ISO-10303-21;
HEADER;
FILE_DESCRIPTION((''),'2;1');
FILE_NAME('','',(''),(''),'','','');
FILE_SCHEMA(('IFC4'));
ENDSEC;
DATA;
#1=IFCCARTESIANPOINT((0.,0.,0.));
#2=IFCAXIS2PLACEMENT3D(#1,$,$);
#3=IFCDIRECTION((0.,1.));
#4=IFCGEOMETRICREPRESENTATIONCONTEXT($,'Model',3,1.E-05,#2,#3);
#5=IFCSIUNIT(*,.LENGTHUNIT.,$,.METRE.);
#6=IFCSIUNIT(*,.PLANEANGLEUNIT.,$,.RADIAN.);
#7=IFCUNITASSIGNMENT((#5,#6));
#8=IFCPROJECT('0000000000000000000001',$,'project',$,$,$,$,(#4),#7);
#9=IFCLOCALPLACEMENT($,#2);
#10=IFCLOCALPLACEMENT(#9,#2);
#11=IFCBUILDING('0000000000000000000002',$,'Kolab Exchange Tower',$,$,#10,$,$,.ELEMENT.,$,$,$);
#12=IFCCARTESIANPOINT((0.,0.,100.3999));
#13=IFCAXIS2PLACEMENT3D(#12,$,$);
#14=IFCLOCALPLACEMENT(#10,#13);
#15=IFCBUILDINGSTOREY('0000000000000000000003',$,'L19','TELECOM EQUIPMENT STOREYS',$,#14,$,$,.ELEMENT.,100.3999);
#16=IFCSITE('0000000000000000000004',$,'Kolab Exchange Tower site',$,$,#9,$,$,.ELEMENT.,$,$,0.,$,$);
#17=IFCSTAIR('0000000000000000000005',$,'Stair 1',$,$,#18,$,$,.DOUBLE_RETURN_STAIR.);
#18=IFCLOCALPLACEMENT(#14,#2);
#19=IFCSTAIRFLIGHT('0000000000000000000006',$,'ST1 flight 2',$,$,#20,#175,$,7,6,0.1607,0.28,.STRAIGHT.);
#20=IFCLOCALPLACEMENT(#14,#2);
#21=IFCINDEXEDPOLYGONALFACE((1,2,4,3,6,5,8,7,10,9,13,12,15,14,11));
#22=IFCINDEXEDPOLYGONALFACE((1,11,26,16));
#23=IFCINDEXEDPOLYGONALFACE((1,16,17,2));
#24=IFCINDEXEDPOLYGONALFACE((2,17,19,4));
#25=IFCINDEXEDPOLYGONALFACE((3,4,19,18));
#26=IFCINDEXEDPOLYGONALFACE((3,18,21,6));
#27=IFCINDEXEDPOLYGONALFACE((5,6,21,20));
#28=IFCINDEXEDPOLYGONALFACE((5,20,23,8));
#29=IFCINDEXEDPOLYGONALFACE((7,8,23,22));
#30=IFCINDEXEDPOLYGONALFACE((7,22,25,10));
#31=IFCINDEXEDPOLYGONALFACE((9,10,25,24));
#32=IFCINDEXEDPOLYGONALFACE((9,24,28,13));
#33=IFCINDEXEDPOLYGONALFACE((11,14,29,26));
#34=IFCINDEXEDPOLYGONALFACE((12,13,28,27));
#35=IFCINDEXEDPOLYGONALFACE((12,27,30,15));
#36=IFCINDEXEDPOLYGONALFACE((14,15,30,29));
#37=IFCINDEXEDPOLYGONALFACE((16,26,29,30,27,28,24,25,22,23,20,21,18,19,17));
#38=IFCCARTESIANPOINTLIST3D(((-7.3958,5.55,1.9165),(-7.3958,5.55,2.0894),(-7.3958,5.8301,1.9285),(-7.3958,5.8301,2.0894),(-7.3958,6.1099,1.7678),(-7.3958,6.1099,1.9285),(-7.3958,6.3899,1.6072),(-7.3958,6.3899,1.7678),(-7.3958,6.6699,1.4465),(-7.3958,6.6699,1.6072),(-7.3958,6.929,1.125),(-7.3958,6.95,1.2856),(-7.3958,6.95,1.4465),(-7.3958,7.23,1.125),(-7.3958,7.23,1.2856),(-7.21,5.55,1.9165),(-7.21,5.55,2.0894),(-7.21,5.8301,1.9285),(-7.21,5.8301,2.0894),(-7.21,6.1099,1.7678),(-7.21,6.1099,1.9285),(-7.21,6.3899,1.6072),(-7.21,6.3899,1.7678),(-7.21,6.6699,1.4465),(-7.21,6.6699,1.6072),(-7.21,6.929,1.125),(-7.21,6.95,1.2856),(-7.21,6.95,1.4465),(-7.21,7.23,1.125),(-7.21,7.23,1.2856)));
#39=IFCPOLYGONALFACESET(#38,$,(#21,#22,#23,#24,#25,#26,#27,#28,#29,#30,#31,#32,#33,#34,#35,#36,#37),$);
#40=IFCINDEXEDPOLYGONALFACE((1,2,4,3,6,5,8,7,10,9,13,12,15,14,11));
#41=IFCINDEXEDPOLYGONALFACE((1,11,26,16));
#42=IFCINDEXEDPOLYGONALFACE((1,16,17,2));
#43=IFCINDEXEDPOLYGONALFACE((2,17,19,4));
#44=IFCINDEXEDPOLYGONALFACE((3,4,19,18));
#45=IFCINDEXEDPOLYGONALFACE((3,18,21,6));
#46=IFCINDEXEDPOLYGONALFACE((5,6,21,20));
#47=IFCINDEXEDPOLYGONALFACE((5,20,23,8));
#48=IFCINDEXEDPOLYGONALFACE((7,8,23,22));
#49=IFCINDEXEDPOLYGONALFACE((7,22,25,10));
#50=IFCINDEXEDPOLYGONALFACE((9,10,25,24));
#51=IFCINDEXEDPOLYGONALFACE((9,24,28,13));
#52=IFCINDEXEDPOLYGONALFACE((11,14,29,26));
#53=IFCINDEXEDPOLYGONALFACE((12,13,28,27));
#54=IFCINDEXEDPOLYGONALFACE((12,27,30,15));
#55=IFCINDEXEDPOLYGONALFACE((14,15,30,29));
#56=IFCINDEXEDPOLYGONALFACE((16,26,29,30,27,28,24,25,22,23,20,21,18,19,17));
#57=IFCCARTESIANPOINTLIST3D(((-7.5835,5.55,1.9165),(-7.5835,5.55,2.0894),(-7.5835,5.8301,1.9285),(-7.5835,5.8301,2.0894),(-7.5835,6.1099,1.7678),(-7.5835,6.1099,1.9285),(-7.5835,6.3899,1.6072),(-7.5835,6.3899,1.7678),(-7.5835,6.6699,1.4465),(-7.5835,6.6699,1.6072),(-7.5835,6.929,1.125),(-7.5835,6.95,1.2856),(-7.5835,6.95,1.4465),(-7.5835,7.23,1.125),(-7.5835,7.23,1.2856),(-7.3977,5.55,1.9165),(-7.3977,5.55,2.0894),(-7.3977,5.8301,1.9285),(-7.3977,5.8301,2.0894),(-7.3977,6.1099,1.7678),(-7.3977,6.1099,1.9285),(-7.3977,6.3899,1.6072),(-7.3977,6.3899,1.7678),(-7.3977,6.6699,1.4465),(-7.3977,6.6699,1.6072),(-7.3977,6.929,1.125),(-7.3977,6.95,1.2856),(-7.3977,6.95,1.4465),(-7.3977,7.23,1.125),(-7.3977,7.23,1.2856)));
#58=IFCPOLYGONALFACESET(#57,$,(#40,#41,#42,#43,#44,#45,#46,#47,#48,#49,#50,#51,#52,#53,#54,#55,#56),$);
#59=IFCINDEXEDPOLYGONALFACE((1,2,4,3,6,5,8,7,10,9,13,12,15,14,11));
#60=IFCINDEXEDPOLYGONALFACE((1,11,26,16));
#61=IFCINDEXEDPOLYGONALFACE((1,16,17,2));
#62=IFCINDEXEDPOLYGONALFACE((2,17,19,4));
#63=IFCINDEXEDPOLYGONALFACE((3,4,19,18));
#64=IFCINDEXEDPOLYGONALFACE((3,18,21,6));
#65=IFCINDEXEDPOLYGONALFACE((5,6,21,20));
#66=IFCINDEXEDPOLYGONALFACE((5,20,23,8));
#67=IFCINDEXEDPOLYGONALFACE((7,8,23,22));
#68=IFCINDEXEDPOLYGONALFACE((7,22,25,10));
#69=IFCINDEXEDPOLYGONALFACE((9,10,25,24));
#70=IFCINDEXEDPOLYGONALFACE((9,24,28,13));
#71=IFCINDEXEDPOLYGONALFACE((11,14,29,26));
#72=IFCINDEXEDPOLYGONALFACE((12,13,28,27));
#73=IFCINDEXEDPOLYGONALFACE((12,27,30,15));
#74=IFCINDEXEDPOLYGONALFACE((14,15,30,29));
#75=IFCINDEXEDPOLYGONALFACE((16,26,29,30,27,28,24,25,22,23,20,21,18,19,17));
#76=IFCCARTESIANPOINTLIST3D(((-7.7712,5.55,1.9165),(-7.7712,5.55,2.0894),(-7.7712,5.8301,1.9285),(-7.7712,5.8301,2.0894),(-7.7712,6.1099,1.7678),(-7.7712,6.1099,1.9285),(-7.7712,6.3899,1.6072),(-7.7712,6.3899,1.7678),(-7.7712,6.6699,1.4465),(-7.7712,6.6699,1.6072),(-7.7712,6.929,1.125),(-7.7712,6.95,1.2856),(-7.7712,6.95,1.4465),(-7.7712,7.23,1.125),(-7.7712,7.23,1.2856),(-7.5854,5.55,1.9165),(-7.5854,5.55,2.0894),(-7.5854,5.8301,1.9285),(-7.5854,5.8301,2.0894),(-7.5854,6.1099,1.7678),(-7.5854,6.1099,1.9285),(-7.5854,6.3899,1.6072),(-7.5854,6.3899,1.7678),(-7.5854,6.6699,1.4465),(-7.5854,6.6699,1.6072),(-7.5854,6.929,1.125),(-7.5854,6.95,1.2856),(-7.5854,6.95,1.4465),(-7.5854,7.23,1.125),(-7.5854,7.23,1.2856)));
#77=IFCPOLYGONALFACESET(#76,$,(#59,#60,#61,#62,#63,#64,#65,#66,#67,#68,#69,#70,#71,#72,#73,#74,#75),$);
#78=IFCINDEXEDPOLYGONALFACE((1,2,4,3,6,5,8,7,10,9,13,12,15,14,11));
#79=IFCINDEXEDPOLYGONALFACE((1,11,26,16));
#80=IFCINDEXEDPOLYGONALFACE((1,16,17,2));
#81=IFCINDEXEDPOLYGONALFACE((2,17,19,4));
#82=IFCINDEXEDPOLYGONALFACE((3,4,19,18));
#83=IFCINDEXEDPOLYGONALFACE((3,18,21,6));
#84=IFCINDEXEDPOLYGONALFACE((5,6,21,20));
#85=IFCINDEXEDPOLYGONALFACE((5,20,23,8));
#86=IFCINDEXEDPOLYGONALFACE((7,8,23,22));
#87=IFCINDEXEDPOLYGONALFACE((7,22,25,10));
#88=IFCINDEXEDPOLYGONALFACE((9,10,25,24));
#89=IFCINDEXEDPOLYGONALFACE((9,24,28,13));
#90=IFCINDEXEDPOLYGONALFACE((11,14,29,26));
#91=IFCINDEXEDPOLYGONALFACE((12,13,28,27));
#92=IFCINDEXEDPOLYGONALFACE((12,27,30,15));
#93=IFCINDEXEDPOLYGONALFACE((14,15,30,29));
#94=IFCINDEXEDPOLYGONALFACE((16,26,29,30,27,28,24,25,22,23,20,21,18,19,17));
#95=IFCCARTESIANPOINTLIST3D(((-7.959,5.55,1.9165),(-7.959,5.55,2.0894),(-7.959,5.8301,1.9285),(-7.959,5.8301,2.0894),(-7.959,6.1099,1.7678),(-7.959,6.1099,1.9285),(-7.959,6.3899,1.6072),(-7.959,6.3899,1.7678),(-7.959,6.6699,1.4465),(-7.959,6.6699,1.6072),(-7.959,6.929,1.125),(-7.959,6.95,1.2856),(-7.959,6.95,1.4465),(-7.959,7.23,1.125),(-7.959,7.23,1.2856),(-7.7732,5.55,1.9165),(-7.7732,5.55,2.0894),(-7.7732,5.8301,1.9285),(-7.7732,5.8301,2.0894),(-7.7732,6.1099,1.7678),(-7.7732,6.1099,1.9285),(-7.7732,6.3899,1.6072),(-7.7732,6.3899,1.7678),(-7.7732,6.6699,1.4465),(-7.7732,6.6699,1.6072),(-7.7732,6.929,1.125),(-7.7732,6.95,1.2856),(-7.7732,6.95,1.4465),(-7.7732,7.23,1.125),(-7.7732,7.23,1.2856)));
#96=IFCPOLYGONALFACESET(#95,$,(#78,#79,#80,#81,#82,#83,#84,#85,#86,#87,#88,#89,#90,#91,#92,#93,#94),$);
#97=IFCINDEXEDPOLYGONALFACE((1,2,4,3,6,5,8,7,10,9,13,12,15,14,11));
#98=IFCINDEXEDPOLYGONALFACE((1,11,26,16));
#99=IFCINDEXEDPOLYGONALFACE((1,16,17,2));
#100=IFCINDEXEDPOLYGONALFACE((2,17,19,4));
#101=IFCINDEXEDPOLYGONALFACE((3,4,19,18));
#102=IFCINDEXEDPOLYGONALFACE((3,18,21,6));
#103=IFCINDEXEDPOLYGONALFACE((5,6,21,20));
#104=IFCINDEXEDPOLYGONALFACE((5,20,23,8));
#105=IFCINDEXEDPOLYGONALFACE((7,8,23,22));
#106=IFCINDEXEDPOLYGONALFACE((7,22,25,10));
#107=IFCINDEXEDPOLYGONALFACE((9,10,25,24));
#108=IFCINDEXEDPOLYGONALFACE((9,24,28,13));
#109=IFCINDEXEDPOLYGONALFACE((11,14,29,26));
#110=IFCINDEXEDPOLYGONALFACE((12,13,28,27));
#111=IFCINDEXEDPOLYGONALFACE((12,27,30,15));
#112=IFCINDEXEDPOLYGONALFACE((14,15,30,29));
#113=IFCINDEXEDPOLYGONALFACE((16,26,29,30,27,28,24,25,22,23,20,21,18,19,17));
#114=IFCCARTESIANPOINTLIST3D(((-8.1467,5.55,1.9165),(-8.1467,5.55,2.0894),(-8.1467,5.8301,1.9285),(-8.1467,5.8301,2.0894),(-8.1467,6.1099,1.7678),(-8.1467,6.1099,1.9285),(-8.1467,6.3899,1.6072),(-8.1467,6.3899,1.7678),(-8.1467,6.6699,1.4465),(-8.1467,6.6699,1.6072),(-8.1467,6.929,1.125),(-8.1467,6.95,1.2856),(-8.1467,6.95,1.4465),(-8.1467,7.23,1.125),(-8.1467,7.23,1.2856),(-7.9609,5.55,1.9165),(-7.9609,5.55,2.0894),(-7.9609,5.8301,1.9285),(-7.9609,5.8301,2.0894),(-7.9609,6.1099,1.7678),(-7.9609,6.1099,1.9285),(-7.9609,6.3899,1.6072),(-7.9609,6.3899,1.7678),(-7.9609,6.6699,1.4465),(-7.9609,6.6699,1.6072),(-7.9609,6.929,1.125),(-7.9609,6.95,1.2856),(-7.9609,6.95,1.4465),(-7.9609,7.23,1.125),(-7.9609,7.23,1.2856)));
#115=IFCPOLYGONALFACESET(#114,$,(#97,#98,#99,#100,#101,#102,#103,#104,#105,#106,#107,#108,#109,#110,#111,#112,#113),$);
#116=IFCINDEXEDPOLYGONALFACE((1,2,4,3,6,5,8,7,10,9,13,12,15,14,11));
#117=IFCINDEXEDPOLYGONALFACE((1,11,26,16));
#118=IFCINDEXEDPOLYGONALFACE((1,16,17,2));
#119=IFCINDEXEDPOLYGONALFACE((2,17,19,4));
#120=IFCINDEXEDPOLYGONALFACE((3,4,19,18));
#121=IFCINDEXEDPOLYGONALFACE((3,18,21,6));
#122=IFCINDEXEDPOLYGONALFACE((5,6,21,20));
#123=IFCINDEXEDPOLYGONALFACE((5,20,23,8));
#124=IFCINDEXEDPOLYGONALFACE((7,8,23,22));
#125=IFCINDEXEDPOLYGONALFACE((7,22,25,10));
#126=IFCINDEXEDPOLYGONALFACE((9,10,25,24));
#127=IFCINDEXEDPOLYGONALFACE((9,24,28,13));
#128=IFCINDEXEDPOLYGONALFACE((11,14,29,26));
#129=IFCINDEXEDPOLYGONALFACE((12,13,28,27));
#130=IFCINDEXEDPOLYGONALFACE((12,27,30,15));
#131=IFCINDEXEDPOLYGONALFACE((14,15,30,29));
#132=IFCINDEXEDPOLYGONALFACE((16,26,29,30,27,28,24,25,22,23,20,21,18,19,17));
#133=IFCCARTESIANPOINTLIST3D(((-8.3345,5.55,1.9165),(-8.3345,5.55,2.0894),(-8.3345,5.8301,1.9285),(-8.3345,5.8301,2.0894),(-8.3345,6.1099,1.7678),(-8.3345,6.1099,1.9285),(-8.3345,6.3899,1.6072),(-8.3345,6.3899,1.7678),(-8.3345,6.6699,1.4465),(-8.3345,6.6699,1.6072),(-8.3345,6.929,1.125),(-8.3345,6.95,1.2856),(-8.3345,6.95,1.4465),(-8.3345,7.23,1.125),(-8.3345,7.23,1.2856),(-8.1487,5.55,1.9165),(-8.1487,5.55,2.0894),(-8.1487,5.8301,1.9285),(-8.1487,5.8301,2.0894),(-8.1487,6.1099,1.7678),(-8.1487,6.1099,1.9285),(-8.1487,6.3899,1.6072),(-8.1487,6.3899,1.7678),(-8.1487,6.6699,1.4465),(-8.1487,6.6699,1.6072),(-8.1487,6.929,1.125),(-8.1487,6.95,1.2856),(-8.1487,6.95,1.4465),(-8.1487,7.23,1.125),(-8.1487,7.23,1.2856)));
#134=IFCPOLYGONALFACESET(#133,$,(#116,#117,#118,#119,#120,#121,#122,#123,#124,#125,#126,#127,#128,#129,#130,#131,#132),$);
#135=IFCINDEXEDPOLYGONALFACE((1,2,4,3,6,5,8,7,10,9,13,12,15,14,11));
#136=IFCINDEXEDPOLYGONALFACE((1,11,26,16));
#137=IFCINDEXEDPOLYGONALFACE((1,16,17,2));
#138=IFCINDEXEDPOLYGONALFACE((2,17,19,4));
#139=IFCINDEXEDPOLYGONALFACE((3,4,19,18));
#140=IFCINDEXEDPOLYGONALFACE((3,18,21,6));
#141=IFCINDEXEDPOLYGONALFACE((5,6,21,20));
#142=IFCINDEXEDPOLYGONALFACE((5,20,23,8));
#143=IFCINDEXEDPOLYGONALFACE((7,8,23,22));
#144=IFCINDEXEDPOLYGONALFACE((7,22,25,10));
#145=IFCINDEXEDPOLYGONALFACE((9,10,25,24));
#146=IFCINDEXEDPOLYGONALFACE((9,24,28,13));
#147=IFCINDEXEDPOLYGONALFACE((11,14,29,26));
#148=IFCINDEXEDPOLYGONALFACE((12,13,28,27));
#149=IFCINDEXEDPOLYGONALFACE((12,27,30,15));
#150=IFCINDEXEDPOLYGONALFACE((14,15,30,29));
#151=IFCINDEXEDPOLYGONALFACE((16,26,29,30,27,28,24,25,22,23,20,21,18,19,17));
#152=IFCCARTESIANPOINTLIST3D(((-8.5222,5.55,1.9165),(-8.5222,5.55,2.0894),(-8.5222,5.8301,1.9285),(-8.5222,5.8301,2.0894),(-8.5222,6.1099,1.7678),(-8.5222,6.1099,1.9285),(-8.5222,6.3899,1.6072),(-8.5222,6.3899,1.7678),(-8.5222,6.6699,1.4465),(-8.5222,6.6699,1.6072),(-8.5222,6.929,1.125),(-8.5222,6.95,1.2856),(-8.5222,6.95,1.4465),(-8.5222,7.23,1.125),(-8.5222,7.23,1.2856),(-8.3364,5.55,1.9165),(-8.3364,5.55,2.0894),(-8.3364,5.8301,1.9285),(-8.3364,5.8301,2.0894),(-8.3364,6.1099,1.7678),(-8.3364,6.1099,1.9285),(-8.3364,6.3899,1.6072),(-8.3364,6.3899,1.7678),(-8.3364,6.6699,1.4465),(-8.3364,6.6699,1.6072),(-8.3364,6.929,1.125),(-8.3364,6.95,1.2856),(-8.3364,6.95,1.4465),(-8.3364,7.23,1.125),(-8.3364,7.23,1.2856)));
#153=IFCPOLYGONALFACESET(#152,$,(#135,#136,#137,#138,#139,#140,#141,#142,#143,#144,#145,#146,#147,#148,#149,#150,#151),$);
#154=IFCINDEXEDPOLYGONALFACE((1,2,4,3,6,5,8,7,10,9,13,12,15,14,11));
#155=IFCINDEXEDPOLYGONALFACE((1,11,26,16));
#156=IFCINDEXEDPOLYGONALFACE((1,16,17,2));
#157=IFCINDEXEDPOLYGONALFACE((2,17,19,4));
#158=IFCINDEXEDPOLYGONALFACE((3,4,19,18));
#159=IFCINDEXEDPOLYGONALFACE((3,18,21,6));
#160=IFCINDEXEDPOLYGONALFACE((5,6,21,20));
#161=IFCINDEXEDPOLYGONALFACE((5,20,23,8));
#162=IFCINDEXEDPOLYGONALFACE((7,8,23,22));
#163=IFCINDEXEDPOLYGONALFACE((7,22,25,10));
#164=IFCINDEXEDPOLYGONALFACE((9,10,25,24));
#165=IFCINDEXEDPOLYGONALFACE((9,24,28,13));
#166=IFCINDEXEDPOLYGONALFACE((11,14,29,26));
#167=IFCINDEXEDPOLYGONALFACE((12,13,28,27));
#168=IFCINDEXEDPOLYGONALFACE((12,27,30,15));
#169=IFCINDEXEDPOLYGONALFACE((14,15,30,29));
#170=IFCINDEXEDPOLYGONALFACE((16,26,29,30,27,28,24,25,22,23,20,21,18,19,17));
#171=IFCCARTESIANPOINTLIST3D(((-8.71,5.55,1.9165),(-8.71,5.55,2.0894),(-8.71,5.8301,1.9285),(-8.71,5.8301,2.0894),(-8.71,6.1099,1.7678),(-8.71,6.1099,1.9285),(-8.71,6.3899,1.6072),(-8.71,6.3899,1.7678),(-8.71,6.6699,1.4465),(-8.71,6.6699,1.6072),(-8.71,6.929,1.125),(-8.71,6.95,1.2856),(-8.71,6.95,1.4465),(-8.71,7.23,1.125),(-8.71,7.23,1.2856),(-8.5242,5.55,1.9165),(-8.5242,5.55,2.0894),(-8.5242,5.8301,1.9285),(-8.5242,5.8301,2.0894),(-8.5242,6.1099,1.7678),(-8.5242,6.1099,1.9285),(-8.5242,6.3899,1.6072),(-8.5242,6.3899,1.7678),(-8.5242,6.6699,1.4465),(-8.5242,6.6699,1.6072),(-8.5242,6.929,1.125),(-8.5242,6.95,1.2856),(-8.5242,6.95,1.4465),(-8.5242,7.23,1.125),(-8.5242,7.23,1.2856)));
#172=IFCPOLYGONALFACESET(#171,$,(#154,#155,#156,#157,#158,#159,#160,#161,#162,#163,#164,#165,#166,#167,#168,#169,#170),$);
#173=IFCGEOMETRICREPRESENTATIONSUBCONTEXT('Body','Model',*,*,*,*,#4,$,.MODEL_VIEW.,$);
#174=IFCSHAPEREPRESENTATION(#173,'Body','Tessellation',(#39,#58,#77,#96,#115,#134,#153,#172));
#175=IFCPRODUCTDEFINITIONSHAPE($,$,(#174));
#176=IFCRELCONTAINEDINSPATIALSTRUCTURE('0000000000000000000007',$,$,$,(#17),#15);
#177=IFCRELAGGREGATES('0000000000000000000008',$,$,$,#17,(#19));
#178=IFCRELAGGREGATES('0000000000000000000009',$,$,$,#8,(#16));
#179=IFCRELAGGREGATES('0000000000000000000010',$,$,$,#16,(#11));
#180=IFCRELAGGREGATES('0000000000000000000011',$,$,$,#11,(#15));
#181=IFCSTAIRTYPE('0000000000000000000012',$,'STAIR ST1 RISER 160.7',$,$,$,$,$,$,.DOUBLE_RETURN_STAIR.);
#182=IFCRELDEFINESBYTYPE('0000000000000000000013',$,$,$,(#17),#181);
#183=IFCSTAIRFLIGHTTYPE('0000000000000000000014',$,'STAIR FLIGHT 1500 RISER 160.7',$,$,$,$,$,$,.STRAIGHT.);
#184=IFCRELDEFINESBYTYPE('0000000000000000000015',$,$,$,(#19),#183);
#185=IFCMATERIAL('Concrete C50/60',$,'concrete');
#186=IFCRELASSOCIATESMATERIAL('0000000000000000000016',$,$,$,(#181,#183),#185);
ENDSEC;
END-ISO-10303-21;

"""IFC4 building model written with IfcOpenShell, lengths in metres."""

from ifc_helpers import new_model, si_unit, direction, frame, origin, place, context, subcontext, project, spatial, polyline, outline, extrude, material, type_object, element, aggregate, save


model = new_model("IFC4")

# Units and contexts
model_context = context("Model", 3, precision=1e-05, world=origin(), true_north=direction((0.0, 1.0)))
body_context = subcontext(model_context, "Body", "Model", "MODEL_VIEW")
ifc_project = project(units=[si_unit("LENGTHUNIT", "METRE"), si_unit("PLANEANGLEUNIT", "RADIAN")], contexts=[model_context])

# Site, building, storey
site_placement = place(None, origin())
site = spatial("IfcSite", under=ifc_project, at=site_placement, Name="Kolab Exchange Tower site", CompositionType="ELEMENT", RefElevation=0.0)
building_placement = place(site_placement, origin())
building = spatial("IfcBuilding", under=site, at=building_placement, Name="Kolab Exchange Tower", CompositionType="ELEMENT")
storey_placement = place(building_placement, frame((0.0, 0.0, 100.3999)))
storey = spatial("IfcBuildingStorey", under=building, at=storey_placement, Name="L19", Description="TELECOM EQUIPMENT STOREYS", CompositionType="ELEMENT", Elevation=100.3999)

# Shared definitions
ifc_material_1 = material(Name="Concrete C50/60", Category="concrete")

# Stair, stair flight
stair_type = type_object("IfcStairType", Name="STAIR ST1 RISER 160.7", PredefinedType="DOUBLE_RETURN_STAIR", material=ifc_material_1)
stair_placement = place(storey_placement, origin())
stair = element("IfcStair", 1, at=stair_placement, inside=storey, type_object=stair_type, Name="Stair 1", PredefinedType="DOUBLE_RETURN_STAIR")
stair_flight_type = type_object("IfcStairFlightType", Name="STAIR FLIGHT 1500 RISER 160.7", PredefinedType="STRAIGHT", material=ifc_material_1)
stair_flight_1_placement = place(storey_placement, frame((-7.96, 7.23, 1.125), z_axis=(0.0, 0.0, 1.0), x_axis=(0.0, -1.0, 0.0)))
stair_flight_1 = element("IfcStairFlight", 2, at=stair_flight_1_placement, type_object=stair_flight_type, Name="ST1 flight 2", NumberOfRisers=7, NumberOfTreads=6, PredefinedType="STRAIGHT", RiserHeight=0.1607, TreadLength=0.28, context=body_context, shape_type="SweptSolid", body=[
    extrude(outline(polyline([(0.0, 0.0), (0.0, 0.1606), (0.28, 0.1606), (0.28, 0.3215), (0.5601, 0.3215), (0.5601, 0.4822), (0.8401, 0.4822), (0.8401, 0.6428), (1.1201, 0.6428), (1.1201, 0.8035), (1.3999, 0.8035), (1.3999, 0.9644), (1.6799, 0.9644), (1.6799, 1.125), (1.6799, 0.7915), (0.301, 0.0), (0.0, 0.0)])), frame((0.0, 0.75, 0.0), z_axis=(0.0, -1.0, 0.0), x_axis=(1.0, 0.0, 0.0)), (0.0, 0.0, 1.0), 0.1858),
    extrude(outline(polyline([(0.0, 0.0), (0.0, 0.1606), (0.28, 0.1606), (0.28, 0.3215), (0.5601, 0.3215), (0.5601, 0.4822), (0.8401, 0.4822), (0.8401, 0.6428), (1.1201, 0.6428), (1.1201, 0.8035), (1.3999, 0.8035), (1.3999, 0.9644), (1.6799, 0.9644), (1.6799, 1.125), (1.6799, 0.7915), (0.301, 0.0), (0.0, 0.0)])), frame((0.0, 0.5623, 0.0), z_axis=(0.0, -1.0, 0.0), x_axis=(1.0, 0.0, 0.0)), (0.0, 0.0, 1.0), 0.1858),
    extrude(outline(polyline([(0.0, 0.0), (0.0, 0.1606), (0.28, 0.1606), (0.28, 0.3215), (0.5601, 0.3215), (0.5601, 0.4822), (0.8401, 0.4822), (0.8401, 0.6428), (1.1201, 0.6428), (1.1201, 0.8035), (1.3999, 0.8035), (1.3999, 0.9644), (1.6799, 0.9644), (1.6799, 1.125), (1.6799, 0.7915), (0.301, 0.0), (0.0, 0.0)])), frame((0.0, 0.3745, 0.0), z_axis=(0.0, -1.0, 0.0), x_axis=(1.0, 0.0, 0.0)), (0.0, 0.0, 1.0), 0.1858),
    extrude(outline(polyline([(0.0, 0.0), (0.0, 0.1606), (0.28, 0.1606), (0.28, 0.3215), (0.5601, 0.3215), (0.5601, 0.4822), (0.8401, 0.4822), (0.8401, 0.6428), (1.1201, 0.6428), (1.1201, 0.8035), (1.3999, 0.8035), (1.3999, 0.9644), (1.6799, 0.9644), (1.6799, 1.125), (1.6799, 0.7915), (0.301, 0.0), (0.0, 0.0)])), frame((0.0, 0.1868, 0.0), z_axis=(0.0, -1.0, 0.0), x_axis=(1.0, 0.0, 0.0)), (0.0, 0.0, 1.0), 0.1858),
    extrude(outline(polyline([(0.0, 0.0), (0.0, 0.1606), (0.28, 0.1606), (0.28, 0.3215), (0.5601, 0.3215), (0.5601, 0.4822), (0.8401, 0.4822), (0.8401, 0.6428), (1.1201, 0.6428), (1.1201, 0.8035), (1.3999, 0.8035), (1.3999, 0.9644), (1.6799, 0.9644), (1.6799, 1.125), (1.6799, 0.7915), (0.301, 0.0), (0.0, 0.0)])), frame((0.0, -0.001, 0.0), z_axis=(0.0, -1.0, 0.0), x_axis=(1.0, 0.0, 0.0)), (0.0, 0.0, 1.0), 0.1858),
    extrude(outline(polyline([(0.0, 0.0), (0.0, 0.1606), (0.28, 0.1606), (0.28, 0.3215), (0.5601, 0.3215), (0.5601, 0.4822), (0.8401, 0.4822), (0.8401, 0.6428), (1.1201, 0.6428), (1.1201, 0.8035), (1.3999, 0.8035), (1.3999, 0.9644), (1.6799, 0.9644), (1.6799, 1.125), (1.6799, 0.7915), (0.301, 0.0), (0.0, 0.0)])), frame((0.0, -0.1887, 0.0), z_axis=(0.0, -1.0, 0.0), x_axis=(1.0, 0.0, 0.0)), (0.0, 0.0, 1.0), 0.1858),
    extrude(outline(polyline([(0.0, 0.0), (0.0, 0.1606), (0.28, 0.1606), (0.28, 0.3215), (0.5601, 0.3215), (0.5601, 0.4822), (0.8401, 0.4822), (0.8401, 0.6428), (1.1201, 0.6428), (1.1201, 0.8035), (1.3999, 0.8035), (1.3999, 0.9644), (1.6799, 0.9644), (1.6799, 1.125), (1.6799, 0.7915), (0.301, 0.0), (0.0, 0.0)])), frame((0.0, -0.3765, 0.0), z_axis=(0.0, -1.0, 0.0), x_axis=(1.0, 0.0, 0.0)), (0.0, 0.0, 1.0), 0.1858),
    extrude(outline(polyline([(0.0, 0.0), (0.0, 0.1606), (0.28, 0.1606), (0.28, 0.3215), (0.5601, 0.3215), (0.5601, 0.4822), (0.8401, 0.4822), (0.8401, 0.6428), (1.1201, 0.6428), (1.1201, 0.8035), (1.3999, 0.8035), (1.3999, 0.9644), (1.6799, 0.9644), (1.6799, 1.125), (1.6799, 0.7915), (0.301, 0.0), (0.0, 0.0)])), frame((0.0, -0.5642, 0.0), z_axis=(0.0, -1.0, 0.0), x_axis=(1.0, 0.0, 0.0)), (0.0, 0.0, 1.0), 0.1858),
])
aggregate(stair, [stair_flight_1])

save(model, "model.ifc")
